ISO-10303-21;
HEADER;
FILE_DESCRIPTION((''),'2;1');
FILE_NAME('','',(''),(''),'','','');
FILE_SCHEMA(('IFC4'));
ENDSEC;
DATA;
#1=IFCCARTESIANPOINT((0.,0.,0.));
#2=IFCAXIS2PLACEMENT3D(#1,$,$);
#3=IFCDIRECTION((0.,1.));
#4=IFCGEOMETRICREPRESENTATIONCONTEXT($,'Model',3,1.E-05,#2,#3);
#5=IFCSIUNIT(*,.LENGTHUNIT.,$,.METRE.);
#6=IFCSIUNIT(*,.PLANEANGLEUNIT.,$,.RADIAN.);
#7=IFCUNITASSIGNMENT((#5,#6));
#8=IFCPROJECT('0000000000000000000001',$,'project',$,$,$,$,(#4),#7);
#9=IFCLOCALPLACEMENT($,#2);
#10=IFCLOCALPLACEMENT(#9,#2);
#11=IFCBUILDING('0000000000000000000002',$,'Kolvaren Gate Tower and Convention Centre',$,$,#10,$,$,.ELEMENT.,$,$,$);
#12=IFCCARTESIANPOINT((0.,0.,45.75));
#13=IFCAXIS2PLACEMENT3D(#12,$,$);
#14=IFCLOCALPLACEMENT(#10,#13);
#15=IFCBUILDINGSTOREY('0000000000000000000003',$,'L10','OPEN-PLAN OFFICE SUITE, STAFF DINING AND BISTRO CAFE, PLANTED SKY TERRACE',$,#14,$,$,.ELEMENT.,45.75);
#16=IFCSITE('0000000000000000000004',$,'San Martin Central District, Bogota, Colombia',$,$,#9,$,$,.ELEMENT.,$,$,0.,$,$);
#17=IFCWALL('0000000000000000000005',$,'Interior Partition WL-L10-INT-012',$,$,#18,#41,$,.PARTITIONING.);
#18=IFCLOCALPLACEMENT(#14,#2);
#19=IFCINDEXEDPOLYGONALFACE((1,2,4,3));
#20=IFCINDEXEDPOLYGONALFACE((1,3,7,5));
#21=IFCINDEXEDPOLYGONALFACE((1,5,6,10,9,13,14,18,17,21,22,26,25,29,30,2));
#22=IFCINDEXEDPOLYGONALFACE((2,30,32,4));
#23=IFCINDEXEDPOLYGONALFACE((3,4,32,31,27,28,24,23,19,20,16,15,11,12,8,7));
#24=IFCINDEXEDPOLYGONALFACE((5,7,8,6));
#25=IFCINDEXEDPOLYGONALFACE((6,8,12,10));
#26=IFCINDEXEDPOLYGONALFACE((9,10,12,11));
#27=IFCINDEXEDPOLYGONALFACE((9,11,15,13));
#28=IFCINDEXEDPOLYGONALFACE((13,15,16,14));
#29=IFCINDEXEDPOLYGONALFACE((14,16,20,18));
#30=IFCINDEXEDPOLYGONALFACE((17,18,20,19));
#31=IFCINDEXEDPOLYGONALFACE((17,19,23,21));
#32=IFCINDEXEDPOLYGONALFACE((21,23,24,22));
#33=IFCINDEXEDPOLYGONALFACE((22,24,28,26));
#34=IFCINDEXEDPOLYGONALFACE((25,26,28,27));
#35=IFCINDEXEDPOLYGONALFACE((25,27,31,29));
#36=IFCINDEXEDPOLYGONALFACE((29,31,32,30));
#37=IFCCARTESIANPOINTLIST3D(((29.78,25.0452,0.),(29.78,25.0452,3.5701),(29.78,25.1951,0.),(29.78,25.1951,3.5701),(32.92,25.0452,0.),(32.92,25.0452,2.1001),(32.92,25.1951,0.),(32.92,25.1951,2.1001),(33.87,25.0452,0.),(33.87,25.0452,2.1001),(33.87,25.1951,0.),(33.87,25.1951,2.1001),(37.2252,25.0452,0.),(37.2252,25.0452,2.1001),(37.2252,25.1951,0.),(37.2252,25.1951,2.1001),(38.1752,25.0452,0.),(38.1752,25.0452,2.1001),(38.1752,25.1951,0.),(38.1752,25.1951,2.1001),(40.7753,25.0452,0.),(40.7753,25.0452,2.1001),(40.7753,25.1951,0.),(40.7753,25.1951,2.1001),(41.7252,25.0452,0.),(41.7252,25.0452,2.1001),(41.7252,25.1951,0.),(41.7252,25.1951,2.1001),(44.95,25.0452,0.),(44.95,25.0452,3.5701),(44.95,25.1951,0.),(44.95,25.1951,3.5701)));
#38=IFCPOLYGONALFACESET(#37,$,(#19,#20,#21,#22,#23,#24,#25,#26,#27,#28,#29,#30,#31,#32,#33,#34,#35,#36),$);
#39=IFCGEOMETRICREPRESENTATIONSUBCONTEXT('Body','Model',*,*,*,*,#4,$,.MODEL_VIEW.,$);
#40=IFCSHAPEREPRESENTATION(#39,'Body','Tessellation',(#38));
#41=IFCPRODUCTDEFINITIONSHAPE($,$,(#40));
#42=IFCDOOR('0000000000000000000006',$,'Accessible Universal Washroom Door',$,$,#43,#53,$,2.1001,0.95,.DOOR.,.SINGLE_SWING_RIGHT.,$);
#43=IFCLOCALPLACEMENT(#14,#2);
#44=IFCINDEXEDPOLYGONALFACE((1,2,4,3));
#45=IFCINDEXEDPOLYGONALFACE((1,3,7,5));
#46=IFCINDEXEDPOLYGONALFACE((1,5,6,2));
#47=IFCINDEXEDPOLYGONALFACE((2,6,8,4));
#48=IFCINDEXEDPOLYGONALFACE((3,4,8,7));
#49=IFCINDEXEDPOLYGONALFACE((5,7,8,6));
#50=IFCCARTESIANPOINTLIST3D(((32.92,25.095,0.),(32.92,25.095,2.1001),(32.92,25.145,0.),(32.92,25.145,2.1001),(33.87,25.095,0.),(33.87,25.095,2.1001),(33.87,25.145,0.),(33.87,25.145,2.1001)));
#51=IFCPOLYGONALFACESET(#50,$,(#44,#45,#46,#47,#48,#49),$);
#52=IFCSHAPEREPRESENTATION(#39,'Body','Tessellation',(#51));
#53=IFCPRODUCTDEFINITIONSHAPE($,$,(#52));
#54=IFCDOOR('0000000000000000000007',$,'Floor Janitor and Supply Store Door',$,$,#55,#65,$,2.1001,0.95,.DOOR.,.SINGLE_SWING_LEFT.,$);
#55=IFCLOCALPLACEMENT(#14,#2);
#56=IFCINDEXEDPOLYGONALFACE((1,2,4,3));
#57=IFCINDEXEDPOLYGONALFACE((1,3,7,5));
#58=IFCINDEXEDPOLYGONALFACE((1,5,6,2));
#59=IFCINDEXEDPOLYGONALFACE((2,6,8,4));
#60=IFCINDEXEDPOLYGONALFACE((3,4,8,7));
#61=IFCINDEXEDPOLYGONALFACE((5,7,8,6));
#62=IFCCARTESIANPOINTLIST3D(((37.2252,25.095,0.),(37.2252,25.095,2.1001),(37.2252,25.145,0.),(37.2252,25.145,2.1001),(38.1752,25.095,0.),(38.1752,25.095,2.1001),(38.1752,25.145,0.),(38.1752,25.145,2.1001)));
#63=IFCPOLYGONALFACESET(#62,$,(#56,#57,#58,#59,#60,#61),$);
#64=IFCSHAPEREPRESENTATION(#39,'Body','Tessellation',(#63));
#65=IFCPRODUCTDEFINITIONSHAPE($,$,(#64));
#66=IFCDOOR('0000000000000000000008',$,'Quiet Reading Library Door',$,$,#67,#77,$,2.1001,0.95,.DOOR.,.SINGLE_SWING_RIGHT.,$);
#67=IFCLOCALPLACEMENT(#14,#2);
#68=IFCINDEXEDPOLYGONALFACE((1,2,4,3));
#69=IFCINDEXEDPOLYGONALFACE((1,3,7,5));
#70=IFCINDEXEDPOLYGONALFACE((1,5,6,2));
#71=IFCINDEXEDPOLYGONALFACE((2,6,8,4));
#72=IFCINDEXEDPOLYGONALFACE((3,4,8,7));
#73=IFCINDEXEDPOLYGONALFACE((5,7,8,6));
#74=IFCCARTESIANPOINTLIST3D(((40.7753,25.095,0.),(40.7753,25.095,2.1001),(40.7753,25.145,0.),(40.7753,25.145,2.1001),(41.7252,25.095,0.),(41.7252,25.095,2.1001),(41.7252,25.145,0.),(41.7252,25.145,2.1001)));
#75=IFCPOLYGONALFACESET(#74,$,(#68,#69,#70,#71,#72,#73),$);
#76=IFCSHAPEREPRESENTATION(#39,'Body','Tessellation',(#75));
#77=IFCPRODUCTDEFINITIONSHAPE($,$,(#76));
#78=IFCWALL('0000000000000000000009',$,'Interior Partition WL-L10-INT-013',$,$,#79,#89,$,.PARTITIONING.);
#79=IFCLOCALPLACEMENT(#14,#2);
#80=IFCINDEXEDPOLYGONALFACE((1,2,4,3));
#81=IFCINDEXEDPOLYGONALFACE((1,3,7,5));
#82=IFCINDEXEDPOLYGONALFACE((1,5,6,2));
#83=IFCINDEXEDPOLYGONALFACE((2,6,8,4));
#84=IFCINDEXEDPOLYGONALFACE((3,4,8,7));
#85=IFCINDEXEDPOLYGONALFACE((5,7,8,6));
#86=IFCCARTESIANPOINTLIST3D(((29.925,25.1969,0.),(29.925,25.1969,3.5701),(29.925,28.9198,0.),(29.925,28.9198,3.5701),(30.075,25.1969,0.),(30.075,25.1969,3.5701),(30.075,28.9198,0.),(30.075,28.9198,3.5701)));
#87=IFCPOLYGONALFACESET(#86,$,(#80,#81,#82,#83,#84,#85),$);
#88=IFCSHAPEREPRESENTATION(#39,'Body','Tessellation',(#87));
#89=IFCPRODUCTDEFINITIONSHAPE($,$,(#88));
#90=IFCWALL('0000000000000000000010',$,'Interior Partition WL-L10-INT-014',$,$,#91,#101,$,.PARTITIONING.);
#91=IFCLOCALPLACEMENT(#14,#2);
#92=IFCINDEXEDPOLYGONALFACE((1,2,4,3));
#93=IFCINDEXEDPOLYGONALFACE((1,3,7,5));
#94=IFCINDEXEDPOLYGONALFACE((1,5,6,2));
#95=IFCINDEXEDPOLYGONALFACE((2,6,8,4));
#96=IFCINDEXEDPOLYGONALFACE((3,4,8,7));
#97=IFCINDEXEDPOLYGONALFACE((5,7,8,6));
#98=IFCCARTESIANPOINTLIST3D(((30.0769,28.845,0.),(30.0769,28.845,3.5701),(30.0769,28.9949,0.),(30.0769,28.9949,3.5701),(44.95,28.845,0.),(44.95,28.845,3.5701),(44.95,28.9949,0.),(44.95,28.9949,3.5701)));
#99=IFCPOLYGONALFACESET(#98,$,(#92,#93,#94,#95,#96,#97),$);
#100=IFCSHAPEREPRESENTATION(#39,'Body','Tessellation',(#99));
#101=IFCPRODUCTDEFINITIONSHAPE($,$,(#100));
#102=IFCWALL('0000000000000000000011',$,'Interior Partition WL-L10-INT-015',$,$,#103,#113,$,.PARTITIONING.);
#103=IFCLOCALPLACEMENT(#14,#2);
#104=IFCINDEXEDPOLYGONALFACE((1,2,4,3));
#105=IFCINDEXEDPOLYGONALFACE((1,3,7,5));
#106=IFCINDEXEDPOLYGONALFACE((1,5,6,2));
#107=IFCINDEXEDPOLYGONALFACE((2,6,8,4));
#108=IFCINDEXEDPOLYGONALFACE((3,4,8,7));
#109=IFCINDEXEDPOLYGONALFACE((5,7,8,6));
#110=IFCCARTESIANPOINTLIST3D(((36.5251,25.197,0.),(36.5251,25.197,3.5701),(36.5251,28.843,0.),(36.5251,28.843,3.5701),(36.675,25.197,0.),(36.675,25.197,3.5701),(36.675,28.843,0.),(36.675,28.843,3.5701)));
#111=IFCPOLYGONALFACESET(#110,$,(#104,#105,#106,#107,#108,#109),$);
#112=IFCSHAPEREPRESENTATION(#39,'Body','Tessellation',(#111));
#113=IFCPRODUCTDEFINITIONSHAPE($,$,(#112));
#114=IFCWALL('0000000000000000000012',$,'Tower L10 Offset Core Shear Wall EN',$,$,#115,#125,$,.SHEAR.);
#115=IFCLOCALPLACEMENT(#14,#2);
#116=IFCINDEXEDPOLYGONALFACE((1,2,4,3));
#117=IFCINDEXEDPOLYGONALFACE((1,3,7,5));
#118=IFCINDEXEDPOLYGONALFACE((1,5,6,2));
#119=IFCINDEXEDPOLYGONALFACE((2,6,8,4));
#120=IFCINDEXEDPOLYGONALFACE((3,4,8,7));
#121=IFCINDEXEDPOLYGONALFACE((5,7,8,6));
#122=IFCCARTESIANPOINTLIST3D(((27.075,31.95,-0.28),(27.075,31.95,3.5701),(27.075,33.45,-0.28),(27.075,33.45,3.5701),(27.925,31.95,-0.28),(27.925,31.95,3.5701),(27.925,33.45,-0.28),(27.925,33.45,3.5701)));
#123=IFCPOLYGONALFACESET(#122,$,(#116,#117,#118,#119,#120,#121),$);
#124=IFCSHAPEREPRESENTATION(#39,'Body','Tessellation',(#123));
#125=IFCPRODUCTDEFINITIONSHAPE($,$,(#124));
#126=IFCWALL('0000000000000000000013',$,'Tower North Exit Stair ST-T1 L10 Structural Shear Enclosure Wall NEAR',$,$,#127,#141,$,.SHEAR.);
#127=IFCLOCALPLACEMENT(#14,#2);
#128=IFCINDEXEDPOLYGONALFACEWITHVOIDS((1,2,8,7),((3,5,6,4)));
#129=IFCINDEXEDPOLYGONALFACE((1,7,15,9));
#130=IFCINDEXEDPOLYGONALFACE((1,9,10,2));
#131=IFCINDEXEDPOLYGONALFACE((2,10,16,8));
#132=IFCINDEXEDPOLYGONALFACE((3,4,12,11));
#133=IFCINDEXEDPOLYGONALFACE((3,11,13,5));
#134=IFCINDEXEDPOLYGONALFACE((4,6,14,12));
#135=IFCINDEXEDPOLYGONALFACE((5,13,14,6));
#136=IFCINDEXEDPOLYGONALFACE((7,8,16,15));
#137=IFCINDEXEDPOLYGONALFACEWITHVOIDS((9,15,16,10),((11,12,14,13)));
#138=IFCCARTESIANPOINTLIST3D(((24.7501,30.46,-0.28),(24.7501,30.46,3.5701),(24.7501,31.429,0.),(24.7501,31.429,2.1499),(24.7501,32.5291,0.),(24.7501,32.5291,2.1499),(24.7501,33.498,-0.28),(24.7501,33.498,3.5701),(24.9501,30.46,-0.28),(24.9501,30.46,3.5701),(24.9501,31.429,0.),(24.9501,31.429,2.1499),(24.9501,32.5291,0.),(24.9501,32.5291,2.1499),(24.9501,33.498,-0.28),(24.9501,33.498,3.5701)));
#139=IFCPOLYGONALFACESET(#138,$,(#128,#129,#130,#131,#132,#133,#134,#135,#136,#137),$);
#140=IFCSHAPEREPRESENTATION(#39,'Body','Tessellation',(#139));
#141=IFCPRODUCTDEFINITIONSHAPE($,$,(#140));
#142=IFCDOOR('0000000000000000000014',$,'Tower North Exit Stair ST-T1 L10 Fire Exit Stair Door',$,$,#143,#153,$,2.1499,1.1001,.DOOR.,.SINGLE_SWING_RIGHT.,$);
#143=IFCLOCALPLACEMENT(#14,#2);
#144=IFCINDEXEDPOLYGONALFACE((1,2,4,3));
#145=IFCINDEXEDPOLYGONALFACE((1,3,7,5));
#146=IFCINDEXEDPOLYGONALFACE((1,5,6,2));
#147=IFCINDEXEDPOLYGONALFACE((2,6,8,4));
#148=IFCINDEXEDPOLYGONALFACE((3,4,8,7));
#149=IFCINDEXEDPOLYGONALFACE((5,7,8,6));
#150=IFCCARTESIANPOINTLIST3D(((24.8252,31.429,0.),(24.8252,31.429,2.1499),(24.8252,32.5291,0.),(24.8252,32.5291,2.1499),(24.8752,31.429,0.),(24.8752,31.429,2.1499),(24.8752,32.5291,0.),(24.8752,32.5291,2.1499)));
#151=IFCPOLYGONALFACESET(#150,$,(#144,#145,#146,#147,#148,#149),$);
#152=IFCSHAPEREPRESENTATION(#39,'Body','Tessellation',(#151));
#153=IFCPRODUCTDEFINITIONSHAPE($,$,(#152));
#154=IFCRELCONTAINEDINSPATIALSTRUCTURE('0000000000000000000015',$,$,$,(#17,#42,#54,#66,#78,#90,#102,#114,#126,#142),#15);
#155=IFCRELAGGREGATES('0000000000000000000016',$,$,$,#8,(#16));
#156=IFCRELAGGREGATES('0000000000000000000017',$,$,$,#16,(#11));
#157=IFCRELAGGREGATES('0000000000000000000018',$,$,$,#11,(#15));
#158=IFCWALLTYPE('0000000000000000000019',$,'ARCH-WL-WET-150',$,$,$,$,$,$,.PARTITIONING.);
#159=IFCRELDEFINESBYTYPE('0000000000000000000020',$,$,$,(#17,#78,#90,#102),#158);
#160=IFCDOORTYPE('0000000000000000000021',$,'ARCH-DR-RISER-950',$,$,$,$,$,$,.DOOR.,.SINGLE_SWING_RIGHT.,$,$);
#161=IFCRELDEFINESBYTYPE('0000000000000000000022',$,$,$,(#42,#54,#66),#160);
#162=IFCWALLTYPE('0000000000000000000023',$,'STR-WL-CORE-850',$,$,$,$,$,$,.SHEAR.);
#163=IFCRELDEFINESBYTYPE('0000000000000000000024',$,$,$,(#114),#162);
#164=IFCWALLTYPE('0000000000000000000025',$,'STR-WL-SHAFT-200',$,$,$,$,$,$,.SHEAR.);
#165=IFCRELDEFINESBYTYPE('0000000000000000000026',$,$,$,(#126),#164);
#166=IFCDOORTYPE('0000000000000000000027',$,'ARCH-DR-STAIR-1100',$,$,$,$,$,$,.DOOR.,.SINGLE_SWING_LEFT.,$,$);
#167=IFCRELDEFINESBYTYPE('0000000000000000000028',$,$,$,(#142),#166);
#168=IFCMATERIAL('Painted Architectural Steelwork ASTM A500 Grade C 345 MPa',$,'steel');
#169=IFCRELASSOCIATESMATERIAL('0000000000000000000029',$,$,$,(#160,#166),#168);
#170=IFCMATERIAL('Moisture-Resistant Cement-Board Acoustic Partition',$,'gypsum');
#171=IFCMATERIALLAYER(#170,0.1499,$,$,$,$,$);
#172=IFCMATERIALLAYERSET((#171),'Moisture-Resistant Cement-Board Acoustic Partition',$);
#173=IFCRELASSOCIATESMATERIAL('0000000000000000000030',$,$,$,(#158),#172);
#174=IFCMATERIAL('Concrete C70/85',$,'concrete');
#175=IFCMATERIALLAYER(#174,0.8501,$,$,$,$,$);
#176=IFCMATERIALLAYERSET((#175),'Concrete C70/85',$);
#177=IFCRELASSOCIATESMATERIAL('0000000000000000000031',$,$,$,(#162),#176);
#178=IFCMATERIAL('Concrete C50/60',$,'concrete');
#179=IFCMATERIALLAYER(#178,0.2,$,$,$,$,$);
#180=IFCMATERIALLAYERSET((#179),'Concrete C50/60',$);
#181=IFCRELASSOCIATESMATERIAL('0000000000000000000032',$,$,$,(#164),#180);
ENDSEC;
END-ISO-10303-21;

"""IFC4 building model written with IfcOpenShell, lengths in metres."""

from ifc_helpers import new_model, si_unit, direction, frame, frame_2d, origin, place, context, subcontext, project, spatial, rectangle, extrude, material, layer, layer_set, type_object, element, fill, save


model = new_model("IFC4")

# Units and contexts
model_context = context("Model", 3, precision=1e-05, world=origin(), true_north=direction((0.0, 1.0)))
body_context = subcontext(model_context, "Body", "Model", "MODEL_VIEW")
ifc_project = project(units=[si_unit("LENGTHUNIT", "METRE"), si_unit("PLANEANGLEUNIT", "RADIAN")], contexts=[model_context])

# Site, building, storey
site_placement = place(None, origin())
site = spatial("IfcSite", under=ifc_project, at=site_placement, Name="San Martin Central District, Bogota, Colombia", CompositionType="ELEMENT", RefElevation=0.0)
building_placement = place(site_placement, origin())
building = spatial("IfcBuilding", under=site, at=building_placement, Name="Kolvaren Gate Tower and Convention Centre", CompositionType="ELEMENT")
storey_placement = place(building_placement, frame((0.0, 0.0, 45.75)))
storey = spatial("IfcBuildingStorey", under=building, at=storey_placement, Name="L10", Description="OPEN-PLAN OFFICE SUITE, STAFF DINING AND BISTRO CAFE, PLANTED SKY TERRACE", CompositionType="ELEMENT", Elevation=45.75)

# Shared definitions
ifc_material_1 = material(Name="Painted Architectural Steelwork ASTM A500 Grade C 345 MPa", Category="steel")
door_type_1 = type_object("IfcDoorType", Name="ARCH-DR-RISER-950", OperationType="SINGLE_SWING_RIGHT", PredefinedType="DOOR", material=ifc_material_1)

# Wall, openings, doors
ifc_material_2 = material(Name="Moisture-Resistant Cement-Board Acoustic Partition", Category="gypsum")
ifc_layer_1 = layer(ifc_material_2, 0.1499)
ifc_layer_set_1 = layer_set([ifc_layer_1], Name="Moisture-Resistant Cement-Board Acoustic Partition")
wall_type_1 = type_object("IfcWallType", Name="ARCH-WL-WET-150", PredefinedType="PARTITIONING", material=ifc_layer_set_1)
wall_1_placement = place(storey_placement, frame((29.78, 25.1201, 0.0), z_axis=(0.0, 0.0, 1.0), x_axis=(1.0, 0.0, 0.0)))
wall_1 = element("IfcWall", 1, at=wall_1_placement, inside=storey, type_object=wall_type_1, Name="Interior Partition WL-L10-INT-012", PredefinedType="PARTITIONING", context=body_context, shape_type="SweptSolid", body=[
    extrude(rectangle(XDim=15.1699, YDim=0.1499, at=frame_2d((7.585, 0.0))), origin(), (0.0, 0.0, 1.0), 3.5701),
])
opening_1_placement = place(wall_1_placement, frame((3.1399, 0.0, 0.0)))
opening_1 = element("IfcOpeningElement", 2, at=opening_1_placement, cuts=wall_1, PredefinedType="OPENING", context=body_context, shape_type="SweptSolid", body=[
    extrude(rectangle(XDim=0.95, YDim=2.1001, at=frame_2d((0.4751, 1.05))), frame((0.0, 0.085, 0.0), z_axis=(0.0, -1.0, 0.0), x_axis=(1.0, 0.0, 0.0)), (0.0, 0.0, 1.0), 0.1699),
])
opening_2_placement = place(wall_1_placement, frame((7.4451, 0.0, 0.0)))
opening_2 = element("IfcOpeningElement", 3, at=opening_2_placement, cuts=wall_1, PredefinedType="OPENING", context=body_context, shape_type="SweptSolid", body=[
    extrude(rectangle(XDim=0.95, YDim=2.1001, at=frame_2d((0.4751, 1.05))), frame((0.0, 0.085, 0.0), z_axis=(0.0, -1.0, 0.0), x_axis=(1.0, 0.0, 0.0)), (0.0, 0.0, 1.0), 0.1699),
])
opening_3_placement = place(wall_1_placement, frame((10.9951, 0.0, 0.0)))
opening_3 = element("IfcOpeningElement", 4, at=opening_3_placement, cuts=wall_1, PredefinedType="OPENING", context=body_context, shape_type="SweptSolid", body=[
    extrude(rectangle(XDim=0.95, YDim=2.1001, at=frame_2d((0.4751, 1.05))), frame((0.0, 0.085, 0.0), z_axis=(0.0, -1.0, 0.0), x_axis=(1.0, 0.0, 0.0)), (0.0, 0.0, 1.0), 0.1699),
])
door_1_placement = place(opening_1_placement, origin())
door_1 = element("IfcDoor", 5, at=door_1_placement, inside=storey, type_object=door_type_1, Name="Accessible Universal Washroom Door", OperationType="SINGLE_SWING_RIGHT", OverallHeight=2.1001, OverallWidth=0.95, PredefinedType="DOOR", context=body_context, shape_type="SweptSolid", body=[
    extrude(rectangle(XDim=0.95, YDim=2.1001, at=frame_2d((0.4751, 1.05))), frame((0.0, 0.0249, 0.0), z_axis=(0.0, -1.0, 0.0), x_axis=(1.0, 0.0, 0.0)), (0.0, 0.0, 1.0), 0.05),
])
fill(opening_1, door_1)
door_2_placement = place(opening_2_placement, origin())
door_2 = element("IfcDoor", 6, at=door_2_placement, inside=storey, type_object=door_type_1, Name="Floor Janitor and Supply Store Door", OperationType="SINGLE_SWING_LEFT", OverallHeight=2.1001, OverallWidth=0.95, PredefinedType="DOOR", context=body_context, shape_type="SweptSolid", body=[
    extrude(rectangle(XDim=0.95, YDim=2.1001, at=frame_2d((0.4751, 1.05))), frame((0.0, 0.0249, 0.0), z_axis=(0.0, -1.0, 0.0), x_axis=(1.0, 0.0, 0.0)), (0.0, 0.0, 1.0), 0.05),
])
fill(opening_2, door_2)
door_3_placement = place(opening_3_placement, origin())
door_3 = element("IfcDoor", 7, at=door_3_placement, inside=storey, type_object=door_type_1, Name="Quiet Reading Library Door", OperationType="SINGLE_SWING_RIGHT", OverallHeight=2.1001, OverallWidth=0.95, PredefinedType="DOOR", context=body_context, shape_type="SweptSolid", body=[
    extrude(rectangle(XDim=0.95, YDim=2.1001, at=frame_2d((0.4751, 1.05))), frame((0.0, 0.0249, 0.0), z_axis=(0.0, -1.0, 0.0), x_axis=(1.0, 0.0, 0.0)), (0.0, 0.0, 1.0), 0.05),
])
fill(opening_3, door_3)

# Walls
wall_2_placement = place(storey_placement, frame((30.0, 25.197, 0.0), z_axis=(0.0, 0.0, 1.0), x_axis=(0.0, 1.0, 0.0)))
element("IfcWall", 8, at=wall_2_placement, inside=storey, type_object=wall_type_1, Name="Interior Partition WL-L10-INT-013", PredefinedType="PARTITIONING", context=body_context, shape_type="SweptSolid", body=[
    extrude(rectangle(XDim=3.7229, YDim=0.1499, at=frame_2d((1.8613, 0.0))), origin(), (0.0, 0.0, 1.0), 3.5701),
])
wall_3_placement = place(storey_placement, frame((30.0769, 28.9199, 0.0), z_axis=(0.0, 0.0, 1.0), x_axis=(1.0, 0.0, 0.0)))
element("IfcWall", 9, at=wall_3_placement, inside=storey, type_object=wall_type_1, Name="Interior Partition WL-L10-INT-014", PredefinedType="PARTITIONING", context=body_context, shape_type="SweptSolid", body=[
    extrude(rectangle(XDim=14.873, YDim=0.1499, at=frame_2d((7.4365, 0.0))), origin(), (0.0, 0.0, 1.0), 3.5701),
])
wall_4_placement = place(storey_placement, frame((36.6001, 25.197, 0.0), z_axis=(0.0, 0.0, 1.0), x_axis=(0.0, 1.0, 0.0)))
element("IfcWall", 10, at=wall_4_placement, inside=storey, type_object=wall_type_1, Name="Interior Partition WL-L10-INT-015", PredefinedType="PARTITIONING", context=body_context, shape_type="SweptSolid", body=[
    extrude(rectangle(XDim=3.646, YDim=0.1499, at=frame_2d((1.823, 0.0))), origin(), (0.0, 0.0, 1.0), 3.5701),
])
ifc_material_3 = material(Name="Concrete C70/85", Category="concrete")
ifc_layer_2 = layer(ifc_material_3, 0.8501)
ifc_layer_set_2 = layer_set([ifc_layer_2], Name="Concrete C70/85")
wall_type_2 = type_object("IfcWallType", Name="STR-WL-CORE-850", PredefinedType="SHEAR", material=ifc_layer_set_2)
wall_5_placement = place(storey_placement, frame((27.5, 31.95, -0.28), z_axis=(0.0, 0.0, 1.0), x_axis=(0.0, 1.0, 0.0)))
element("IfcWall", 11, at=wall_5_placement, inside=storey, type_object=wall_type_2, Name="Tower L10 Offset Core Shear Wall EN", PredefinedType="SHEAR", context=body_context, shape_type="SweptSolid", body=[
    extrude(rectangle(XDim=1.5, YDim=0.8501, at=frame_2d((0.75, 0.0))), origin(), (0.0, 0.0, 1.0), 3.8501),
])

# Wall, opening, door
ifc_material_4 = material(Name="Concrete C50/60", Category="concrete")
ifc_layer_3 = layer(ifc_material_4, 0.2)
ifc_layer_set_3 = layer_set([ifc_layer_3], Name="Concrete C50/60")
wall_type_3 = type_object("IfcWallType", Name="STR-WL-SHAFT-200", PredefinedType="SHEAR", material=ifc_layer_set_3)
wall_6_placement = place(storey_placement, frame((24.8501, 30.46, -0.28), z_axis=(0.0, 0.0, 1.0), x_axis=(0.0, 1.0, 0.0)))
wall_6 = element("IfcWall", 12, at=wall_6_placement, inside=storey, type_object=wall_type_3, Name="Tower North Exit Stair ST-T1 L10 Structural Shear Enclosure Wall NEAR", PredefinedType="SHEAR", context=body_context, shape_type="SweptSolid", body=[
    extrude(rectangle(XDim=3.0381, YDim=0.2, at=frame_2d((1.519, 0.0))), origin(), (0.0, 0.0, 1.0), 3.8501),
])
opening_4_placement = place(wall_6_placement, frame((0.969, 0.0, 0.28)))
opening_4 = element("IfcOpeningElement", 13, at=opening_4_placement, cuts=wall_6, PredefinedType="OPENING", context=body_context, shape_type="SweptSolid", body=[
    extrude(rectangle(XDim=1.1001, YDim=2.1499, at=frame_2d((0.55, 1.075))), frame((0.0, 0.1099, 0.0), z_axis=(0.0, -1.0, 0.0), x_axis=(1.0, 0.0, 0.0)), (0.0, 0.0, 1.0), 0.22),
])
door_type_2 = type_object("IfcDoorType", Name="ARCH-DR-STAIR-1100", OperationType="SINGLE_SWING_LEFT", PredefinedType="DOOR", material=ifc_material_1)
door_4_placement = place(opening_4_placement, origin())
door_4 = element("IfcDoor", 14, at=door_4_placement, inside=storey, type_object=door_type_2, Name="Tower North Exit Stair ST-T1 L10 Fire Exit Stair Door", OperationType="SINGLE_SWING_RIGHT", OverallHeight=2.1499, OverallWidth=1.1001, PredefinedType="DOOR", context=body_context, shape_type="SweptSolid", body=[
    extrude(rectangle(XDim=1.1001, YDim=2.1499, at=frame_2d((0.55, 1.075))), frame((0.0, 0.0249, 0.0), z_axis=(0.0, -1.0, 0.0), x_axis=(1.0, 0.0, 0.0)), (0.0, 0.0, 1.0), 0.05),
])
fill(opening_4, door_4)

save(model, "model.ifc")
